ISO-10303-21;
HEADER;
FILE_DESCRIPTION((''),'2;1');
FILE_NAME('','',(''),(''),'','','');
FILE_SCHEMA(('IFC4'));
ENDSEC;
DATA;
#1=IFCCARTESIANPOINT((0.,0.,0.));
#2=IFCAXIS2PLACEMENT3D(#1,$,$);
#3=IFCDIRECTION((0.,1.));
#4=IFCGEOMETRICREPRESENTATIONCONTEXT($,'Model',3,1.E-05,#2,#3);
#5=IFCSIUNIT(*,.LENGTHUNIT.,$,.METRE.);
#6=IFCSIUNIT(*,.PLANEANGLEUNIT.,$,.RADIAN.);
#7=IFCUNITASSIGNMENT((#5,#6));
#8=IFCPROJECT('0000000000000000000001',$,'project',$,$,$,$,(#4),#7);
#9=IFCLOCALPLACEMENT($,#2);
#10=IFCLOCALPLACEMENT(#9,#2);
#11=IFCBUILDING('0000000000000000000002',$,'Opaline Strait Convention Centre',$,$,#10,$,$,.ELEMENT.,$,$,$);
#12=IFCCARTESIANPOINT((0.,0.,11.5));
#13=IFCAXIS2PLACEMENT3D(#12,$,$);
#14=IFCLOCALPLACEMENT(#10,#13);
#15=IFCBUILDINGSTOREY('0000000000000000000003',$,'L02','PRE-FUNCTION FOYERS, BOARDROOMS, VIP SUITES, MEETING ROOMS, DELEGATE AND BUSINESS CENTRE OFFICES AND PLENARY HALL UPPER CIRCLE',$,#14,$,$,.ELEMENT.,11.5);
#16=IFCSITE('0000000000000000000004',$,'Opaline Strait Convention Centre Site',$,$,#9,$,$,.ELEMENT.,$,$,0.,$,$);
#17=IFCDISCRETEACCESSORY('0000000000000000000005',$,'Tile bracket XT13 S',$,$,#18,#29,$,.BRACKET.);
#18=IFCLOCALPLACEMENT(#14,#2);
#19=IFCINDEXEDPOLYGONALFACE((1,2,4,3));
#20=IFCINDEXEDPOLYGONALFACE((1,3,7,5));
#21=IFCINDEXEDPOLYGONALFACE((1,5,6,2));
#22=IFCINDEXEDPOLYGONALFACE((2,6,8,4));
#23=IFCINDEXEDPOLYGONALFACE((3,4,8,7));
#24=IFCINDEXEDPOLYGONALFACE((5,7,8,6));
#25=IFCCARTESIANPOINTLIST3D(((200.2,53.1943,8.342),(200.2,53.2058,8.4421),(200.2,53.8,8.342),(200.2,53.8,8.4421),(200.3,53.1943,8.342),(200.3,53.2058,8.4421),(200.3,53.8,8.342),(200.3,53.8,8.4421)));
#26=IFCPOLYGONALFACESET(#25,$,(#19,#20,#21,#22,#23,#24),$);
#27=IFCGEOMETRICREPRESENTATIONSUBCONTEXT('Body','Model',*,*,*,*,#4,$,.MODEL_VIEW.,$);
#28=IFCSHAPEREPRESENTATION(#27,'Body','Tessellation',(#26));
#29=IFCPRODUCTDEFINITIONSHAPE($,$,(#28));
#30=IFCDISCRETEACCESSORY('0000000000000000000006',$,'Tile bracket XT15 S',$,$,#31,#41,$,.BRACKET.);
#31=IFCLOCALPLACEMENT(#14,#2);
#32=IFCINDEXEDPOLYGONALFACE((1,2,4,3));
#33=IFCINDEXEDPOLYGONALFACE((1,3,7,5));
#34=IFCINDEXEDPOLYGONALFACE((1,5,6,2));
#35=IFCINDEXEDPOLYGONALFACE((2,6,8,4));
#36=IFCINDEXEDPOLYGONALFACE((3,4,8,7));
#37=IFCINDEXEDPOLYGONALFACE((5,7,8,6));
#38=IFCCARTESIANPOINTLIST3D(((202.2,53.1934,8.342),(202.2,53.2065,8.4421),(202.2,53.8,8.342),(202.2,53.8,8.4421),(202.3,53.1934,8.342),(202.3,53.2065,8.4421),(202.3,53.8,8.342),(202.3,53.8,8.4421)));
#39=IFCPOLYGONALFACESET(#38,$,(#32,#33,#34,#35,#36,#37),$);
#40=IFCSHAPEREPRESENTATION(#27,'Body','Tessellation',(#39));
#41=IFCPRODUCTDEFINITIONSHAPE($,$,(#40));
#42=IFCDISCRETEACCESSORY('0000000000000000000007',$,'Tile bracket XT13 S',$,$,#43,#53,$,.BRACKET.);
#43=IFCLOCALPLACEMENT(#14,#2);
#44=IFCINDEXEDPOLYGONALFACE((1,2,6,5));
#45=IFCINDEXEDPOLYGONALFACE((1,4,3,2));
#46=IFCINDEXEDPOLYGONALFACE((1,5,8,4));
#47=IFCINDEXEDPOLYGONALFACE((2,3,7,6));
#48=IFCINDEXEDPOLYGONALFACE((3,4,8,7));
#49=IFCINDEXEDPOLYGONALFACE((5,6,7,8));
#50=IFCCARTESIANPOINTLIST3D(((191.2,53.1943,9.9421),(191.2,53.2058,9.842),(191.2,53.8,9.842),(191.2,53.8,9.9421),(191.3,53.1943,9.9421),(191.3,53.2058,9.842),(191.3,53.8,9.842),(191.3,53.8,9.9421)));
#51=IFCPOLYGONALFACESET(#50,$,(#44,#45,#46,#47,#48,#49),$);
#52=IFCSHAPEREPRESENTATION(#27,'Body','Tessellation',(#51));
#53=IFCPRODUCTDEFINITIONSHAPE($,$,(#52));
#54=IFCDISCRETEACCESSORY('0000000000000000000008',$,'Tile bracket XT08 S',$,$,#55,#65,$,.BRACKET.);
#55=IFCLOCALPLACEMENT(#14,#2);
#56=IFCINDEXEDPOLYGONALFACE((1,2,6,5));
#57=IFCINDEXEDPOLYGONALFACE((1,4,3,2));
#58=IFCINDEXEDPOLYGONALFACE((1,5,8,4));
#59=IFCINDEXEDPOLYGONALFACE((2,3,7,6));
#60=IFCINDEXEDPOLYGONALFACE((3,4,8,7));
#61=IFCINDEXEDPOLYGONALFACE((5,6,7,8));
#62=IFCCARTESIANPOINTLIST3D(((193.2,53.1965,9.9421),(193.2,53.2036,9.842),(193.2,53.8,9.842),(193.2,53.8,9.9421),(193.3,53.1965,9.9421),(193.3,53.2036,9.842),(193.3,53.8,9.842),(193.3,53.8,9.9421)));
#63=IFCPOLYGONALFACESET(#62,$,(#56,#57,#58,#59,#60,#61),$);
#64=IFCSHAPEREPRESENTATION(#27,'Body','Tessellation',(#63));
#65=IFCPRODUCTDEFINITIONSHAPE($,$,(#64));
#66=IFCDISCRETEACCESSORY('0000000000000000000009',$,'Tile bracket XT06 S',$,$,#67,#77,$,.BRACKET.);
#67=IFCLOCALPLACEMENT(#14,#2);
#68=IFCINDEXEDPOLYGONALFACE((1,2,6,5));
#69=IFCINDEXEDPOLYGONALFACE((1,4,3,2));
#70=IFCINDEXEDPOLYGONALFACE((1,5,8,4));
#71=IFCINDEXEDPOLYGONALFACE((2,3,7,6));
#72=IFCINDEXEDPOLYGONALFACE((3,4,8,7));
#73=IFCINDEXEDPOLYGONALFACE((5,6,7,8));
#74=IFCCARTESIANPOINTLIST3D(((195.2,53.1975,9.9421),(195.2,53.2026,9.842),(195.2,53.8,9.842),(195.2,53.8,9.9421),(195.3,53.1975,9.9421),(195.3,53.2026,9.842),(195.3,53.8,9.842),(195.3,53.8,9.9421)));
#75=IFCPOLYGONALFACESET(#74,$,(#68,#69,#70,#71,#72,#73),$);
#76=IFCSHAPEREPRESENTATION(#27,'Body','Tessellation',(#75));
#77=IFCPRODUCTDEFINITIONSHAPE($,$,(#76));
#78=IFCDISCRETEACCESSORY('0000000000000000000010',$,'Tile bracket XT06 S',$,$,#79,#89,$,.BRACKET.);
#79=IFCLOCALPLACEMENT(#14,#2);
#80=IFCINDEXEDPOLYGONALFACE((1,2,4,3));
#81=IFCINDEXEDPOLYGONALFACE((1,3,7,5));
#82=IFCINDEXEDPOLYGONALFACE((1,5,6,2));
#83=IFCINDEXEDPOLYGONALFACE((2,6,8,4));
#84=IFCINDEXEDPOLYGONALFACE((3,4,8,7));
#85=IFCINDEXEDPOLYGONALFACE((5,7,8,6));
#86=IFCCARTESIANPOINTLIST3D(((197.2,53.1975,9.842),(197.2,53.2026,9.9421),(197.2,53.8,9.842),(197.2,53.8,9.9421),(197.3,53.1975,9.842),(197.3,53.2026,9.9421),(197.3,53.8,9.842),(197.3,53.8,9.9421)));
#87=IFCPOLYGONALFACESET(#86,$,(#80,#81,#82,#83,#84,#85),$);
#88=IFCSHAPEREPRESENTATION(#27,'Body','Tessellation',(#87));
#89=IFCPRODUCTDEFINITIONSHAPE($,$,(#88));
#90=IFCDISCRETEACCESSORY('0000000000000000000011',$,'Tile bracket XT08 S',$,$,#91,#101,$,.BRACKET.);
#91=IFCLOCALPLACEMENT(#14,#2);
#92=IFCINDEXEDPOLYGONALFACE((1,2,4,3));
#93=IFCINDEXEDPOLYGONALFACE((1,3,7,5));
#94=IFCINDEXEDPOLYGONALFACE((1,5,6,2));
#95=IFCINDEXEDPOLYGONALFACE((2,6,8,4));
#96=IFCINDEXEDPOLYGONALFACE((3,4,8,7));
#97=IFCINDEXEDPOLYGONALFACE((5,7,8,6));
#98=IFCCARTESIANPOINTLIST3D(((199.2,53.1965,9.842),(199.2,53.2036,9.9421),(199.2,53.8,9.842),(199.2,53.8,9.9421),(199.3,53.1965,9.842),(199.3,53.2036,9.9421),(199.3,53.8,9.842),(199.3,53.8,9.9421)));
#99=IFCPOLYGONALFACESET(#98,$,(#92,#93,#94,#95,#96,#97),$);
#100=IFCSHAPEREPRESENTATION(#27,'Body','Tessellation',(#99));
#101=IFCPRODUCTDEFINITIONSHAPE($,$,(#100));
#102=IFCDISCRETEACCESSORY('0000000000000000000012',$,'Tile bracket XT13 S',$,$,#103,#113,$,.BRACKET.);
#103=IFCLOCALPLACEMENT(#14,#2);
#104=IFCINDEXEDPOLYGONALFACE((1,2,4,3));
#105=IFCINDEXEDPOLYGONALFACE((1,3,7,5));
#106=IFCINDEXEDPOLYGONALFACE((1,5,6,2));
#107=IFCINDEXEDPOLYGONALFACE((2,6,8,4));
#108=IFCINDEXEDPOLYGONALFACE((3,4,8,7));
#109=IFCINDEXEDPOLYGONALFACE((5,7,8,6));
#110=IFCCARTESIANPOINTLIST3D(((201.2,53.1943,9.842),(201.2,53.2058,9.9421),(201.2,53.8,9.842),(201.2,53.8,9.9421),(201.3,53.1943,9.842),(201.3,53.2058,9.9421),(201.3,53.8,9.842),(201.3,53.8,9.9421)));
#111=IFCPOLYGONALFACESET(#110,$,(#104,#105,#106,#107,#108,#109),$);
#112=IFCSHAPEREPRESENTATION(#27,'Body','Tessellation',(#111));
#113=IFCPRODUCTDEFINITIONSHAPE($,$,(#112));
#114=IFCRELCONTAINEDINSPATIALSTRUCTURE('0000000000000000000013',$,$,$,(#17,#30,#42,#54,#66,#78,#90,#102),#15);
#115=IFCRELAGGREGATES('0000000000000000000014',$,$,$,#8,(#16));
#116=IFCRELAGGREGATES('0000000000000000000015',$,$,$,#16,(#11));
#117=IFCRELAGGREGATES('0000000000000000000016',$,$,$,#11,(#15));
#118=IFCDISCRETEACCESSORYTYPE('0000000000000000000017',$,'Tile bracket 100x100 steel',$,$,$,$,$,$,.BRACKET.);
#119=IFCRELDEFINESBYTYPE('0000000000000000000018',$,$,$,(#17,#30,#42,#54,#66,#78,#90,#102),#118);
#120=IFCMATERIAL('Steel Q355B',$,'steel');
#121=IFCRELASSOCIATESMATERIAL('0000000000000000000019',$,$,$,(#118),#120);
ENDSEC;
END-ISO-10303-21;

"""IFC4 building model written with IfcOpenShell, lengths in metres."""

from ifc_helpers import new_model, si_unit, direction, frame, origin, place, context, subcontext, project, spatial, polyline, outline, extrude, material, type_object, element, save


model = new_model("IFC4")

# Units and contexts
model_context = context("Model", 3, precision=1e-05, world=origin(), true_north=direction((0.0, 1.0)))
body_context = subcontext(model_context, "Body", "Model", "MODEL_VIEW")
ifc_project = project(units=[si_unit("LENGTHUNIT", "METRE"), si_unit("PLANEANGLEUNIT", "RADIAN")], contexts=[model_context])

# Site, building, storey
site_placement = place(None, origin())
site = spatial("IfcSite", under=ifc_project, at=site_placement, Name="Opaline Strait Convention Centre Site", CompositionType="ELEMENT", RefElevation=0.0)
building_placement = place(site_placement, origin())
building = spatial("IfcBuilding", under=site, at=building_placement, Name="Opaline Strait Convention Centre", CompositionType="ELEMENT")
storey_placement = place(building_placement, frame((0.0, 0.0, 11.5)))
storey = spatial("IfcBuildingStorey", under=building, at=storey_placement, Name="L02", Description="PRE-FUNCTION FOYERS, BOARDROOMS, VIP SUITES, MEETING ROOMS, DELEGATE AND BUSINESS CENTRE OFFICES AND PLENARY HALL UPPER CIRCLE", CompositionType="ELEMENT", Elevation=11.5)

# Shared definitions
ifc_material_1 = material(Name="Steel Q355B", Category="steel")

# Discrete accessories
discrete_accessory_type = type_object("IfcDiscreteAccessoryType", Name="Tile bracket 100x100 steel", PredefinedType="BRACKET", material=ifc_material_1)
discrete_accessory_1_placement = place(storey_placement, frame((200.2, 53.8, 8.3921), z_axis=(1.0, 0.0, 0.0), x_axis=(0.0, 1.0, 0.0)))
element("IfcDiscreteAccessory", 1, at=discrete_accessory_1_placement, inside=storey, type_object=discrete_accessory_type, Name="Tile bracket XT13 S", PredefinedType="BRACKET", context=body_context, shape_type="SweptSolid", body=[
    extrude(outline(polyline([(0.0, -0.05), (0.0, 0.05), (-0.5942, 0.05), (-0.6057, -0.05), (0.0, -0.05)])), origin(), (0.0, 0.0, 1.0), 0.1001),
])
discrete_accessory_2_placement = place(storey_placement, frame((202.2, 53.8, 8.3921), z_axis=(1.0, 0.0, 0.0), x_axis=(0.0, 1.0, 0.0)))
element("IfcDiscreteAccessory", 2, at=discrete_accessory_2_placement, inside=storey, type_object=discrete_accessory_type, Name="Tile bracket XT15 S", PredefinedType="BRACKET", context=body_context, shape_type="SweptSolid", body=[
    extrude(outline(polyline([(0.0, -0.05), (0.0, 0.05), (-0.5935, 0.05), (-0.6067, -0.05), (0.0, -0.05)])), origin(), (0.0, 0.0, 1.0), 0.1001),
])
discrete_accessory_3_placement = place(storey_placement, frame((191.2, 53.8, 9.8921), z_axis=(1.0, 0.0, 0.0), x_axis=(0.0, 1.0, 0.0)))
element("IfcDiscreteAccessory", 3, at=discrete_accessory_3_placement, inside=storey, type_object=discrete_accessory_type, Name="Tile bracket XT13 S", PredefinedType="BRACKET", context=body_context, shape_type="SweptSolid", body=[
    extrude(outline(polyline([(0.0, -0.05), (0.0, 0.05), (-0.6057, 0.05), (-0.5942, -0.05), (0.0, -0.05)])), origin(), (0.0, 0.0, 1.0), 0.1001),
])
discrete_accessory_4_placement = place(storey_placement, frame((193.2, 53.8, 9.8921), z_axis=(1.0, 0.0, 0.0), x_axis=(0.0, 1.0, 0.0)))
element("IfcDiscreteAccessory", 4, at=discrete_accessory_4_placement, inside=storey, type_object=discrete_accessory_type, Name="Tile bracket XT08 S", PredefinedType="BRACKET", context=body_context, shape_type="SweptSolid", body=[
    extrude(outline(polyline([(0.0, -0.05), (0.0, 0.05), (-0.6035, 0.05), (-0.5964, -0.05), (0.0, -0.05)])), origin(), (0.0, 0.0, 1.0), 0.1001),
])
discrete_accessory_5_placement = place(storey_placement, frame((195.2, 53.8, 9.8921), z_axis=(1.0, 0.0, 0.0), x_axis=(0.0, 1.0, 0.0)))
element("IfcDiscreteAccessory", 5, at=discrete_accessory_5_placement, inside=storey, type_object=discrete_accessory_type, Name="Tile bracket XT06 S", PredefinedType="BRACKET", context=body_context, shape_type="SweptSolid", body=[
    extrude(outline(polyline([(0.0, -0.05), (0.0, 0.05), (-0.6025, 0.05), (-0.5974, -0.05), (0.0, -0.05)])), origin(), (0.0, 0.0, 1.0), 0.1001),
])
discrete_accessory_6_placement = place(storey_placement, frame((197.2, 53.8, 9.8921), z_axis=(1.0, 0.0, 0.0), x_axis=(0.0, 1.0, 0.0)))
element("IfcDiscreteAccessory", 6, at=discrete_accessory_6_placement, inside=storey, type_object=discrete_accessory_type, Name="Tile bracket XT06 S", PredefinedType="BRACKET", context=body_context, shape_type="SweptSolid", body=[
    extrude(outline(polyline([(0.0, -0.05), (0.0, 0.05), (-0.5974, 0.05), (-0.6025, -0.05), (0.0, -0.05)])), origin(), (0.0, 0.0, 1.0), 0.1001),
])
discrete_accessory_7_placement = place(storey_placement, frame((199.2, 53.8, 9.8921), z_axis=(1.0, 0.0, 0.0), x_axis=(0.0, 1.0, 0.0)))
element("IfcDiscreteAccessory", 7, at=discrete_accessory_7_placement, inside=storey, type_object=discrete_accessory_type, Name="Tile bracket XT08 S", PredefinedType="BRACKET", context=body_context, shape_type="SweptSolid", body=[
    extrude(outline(polyline([(0.0, -0.05), (0.0, 0.05), (-0.5964, 0.05), (-0.6035, -0.05), (0.0, -0.05)])), origin(), (0.0, 0.0, 1.0), 0.1001),
])
discrete_accessory_8_placement = place(storey_placement, frame((201.2, 53.8, 9.8921), z_axis=(1.0, 0.0, 0.0), x_axis=(0.0, 1.0, 0.0)))
element("IfcDiscreteAccessory", 8, at=discrete_accessory_8_placement, inside=storey, type_object=discrete_accessory_type, Name="Tile bracket XT13 S", PredefinedType="BRACKET", context=body_context, shape_type="SweptSolid", body=[
    extrude(outline(polyline([(0.0, -0.05), (0.0, 0.05), (-0.5942, 0.05), (-0.6057, -0.05), (0.0, -0.05)])), origin(), (0.0, 0.0, 1.0), 0.1001),
])

save(model, "model.ifc")
